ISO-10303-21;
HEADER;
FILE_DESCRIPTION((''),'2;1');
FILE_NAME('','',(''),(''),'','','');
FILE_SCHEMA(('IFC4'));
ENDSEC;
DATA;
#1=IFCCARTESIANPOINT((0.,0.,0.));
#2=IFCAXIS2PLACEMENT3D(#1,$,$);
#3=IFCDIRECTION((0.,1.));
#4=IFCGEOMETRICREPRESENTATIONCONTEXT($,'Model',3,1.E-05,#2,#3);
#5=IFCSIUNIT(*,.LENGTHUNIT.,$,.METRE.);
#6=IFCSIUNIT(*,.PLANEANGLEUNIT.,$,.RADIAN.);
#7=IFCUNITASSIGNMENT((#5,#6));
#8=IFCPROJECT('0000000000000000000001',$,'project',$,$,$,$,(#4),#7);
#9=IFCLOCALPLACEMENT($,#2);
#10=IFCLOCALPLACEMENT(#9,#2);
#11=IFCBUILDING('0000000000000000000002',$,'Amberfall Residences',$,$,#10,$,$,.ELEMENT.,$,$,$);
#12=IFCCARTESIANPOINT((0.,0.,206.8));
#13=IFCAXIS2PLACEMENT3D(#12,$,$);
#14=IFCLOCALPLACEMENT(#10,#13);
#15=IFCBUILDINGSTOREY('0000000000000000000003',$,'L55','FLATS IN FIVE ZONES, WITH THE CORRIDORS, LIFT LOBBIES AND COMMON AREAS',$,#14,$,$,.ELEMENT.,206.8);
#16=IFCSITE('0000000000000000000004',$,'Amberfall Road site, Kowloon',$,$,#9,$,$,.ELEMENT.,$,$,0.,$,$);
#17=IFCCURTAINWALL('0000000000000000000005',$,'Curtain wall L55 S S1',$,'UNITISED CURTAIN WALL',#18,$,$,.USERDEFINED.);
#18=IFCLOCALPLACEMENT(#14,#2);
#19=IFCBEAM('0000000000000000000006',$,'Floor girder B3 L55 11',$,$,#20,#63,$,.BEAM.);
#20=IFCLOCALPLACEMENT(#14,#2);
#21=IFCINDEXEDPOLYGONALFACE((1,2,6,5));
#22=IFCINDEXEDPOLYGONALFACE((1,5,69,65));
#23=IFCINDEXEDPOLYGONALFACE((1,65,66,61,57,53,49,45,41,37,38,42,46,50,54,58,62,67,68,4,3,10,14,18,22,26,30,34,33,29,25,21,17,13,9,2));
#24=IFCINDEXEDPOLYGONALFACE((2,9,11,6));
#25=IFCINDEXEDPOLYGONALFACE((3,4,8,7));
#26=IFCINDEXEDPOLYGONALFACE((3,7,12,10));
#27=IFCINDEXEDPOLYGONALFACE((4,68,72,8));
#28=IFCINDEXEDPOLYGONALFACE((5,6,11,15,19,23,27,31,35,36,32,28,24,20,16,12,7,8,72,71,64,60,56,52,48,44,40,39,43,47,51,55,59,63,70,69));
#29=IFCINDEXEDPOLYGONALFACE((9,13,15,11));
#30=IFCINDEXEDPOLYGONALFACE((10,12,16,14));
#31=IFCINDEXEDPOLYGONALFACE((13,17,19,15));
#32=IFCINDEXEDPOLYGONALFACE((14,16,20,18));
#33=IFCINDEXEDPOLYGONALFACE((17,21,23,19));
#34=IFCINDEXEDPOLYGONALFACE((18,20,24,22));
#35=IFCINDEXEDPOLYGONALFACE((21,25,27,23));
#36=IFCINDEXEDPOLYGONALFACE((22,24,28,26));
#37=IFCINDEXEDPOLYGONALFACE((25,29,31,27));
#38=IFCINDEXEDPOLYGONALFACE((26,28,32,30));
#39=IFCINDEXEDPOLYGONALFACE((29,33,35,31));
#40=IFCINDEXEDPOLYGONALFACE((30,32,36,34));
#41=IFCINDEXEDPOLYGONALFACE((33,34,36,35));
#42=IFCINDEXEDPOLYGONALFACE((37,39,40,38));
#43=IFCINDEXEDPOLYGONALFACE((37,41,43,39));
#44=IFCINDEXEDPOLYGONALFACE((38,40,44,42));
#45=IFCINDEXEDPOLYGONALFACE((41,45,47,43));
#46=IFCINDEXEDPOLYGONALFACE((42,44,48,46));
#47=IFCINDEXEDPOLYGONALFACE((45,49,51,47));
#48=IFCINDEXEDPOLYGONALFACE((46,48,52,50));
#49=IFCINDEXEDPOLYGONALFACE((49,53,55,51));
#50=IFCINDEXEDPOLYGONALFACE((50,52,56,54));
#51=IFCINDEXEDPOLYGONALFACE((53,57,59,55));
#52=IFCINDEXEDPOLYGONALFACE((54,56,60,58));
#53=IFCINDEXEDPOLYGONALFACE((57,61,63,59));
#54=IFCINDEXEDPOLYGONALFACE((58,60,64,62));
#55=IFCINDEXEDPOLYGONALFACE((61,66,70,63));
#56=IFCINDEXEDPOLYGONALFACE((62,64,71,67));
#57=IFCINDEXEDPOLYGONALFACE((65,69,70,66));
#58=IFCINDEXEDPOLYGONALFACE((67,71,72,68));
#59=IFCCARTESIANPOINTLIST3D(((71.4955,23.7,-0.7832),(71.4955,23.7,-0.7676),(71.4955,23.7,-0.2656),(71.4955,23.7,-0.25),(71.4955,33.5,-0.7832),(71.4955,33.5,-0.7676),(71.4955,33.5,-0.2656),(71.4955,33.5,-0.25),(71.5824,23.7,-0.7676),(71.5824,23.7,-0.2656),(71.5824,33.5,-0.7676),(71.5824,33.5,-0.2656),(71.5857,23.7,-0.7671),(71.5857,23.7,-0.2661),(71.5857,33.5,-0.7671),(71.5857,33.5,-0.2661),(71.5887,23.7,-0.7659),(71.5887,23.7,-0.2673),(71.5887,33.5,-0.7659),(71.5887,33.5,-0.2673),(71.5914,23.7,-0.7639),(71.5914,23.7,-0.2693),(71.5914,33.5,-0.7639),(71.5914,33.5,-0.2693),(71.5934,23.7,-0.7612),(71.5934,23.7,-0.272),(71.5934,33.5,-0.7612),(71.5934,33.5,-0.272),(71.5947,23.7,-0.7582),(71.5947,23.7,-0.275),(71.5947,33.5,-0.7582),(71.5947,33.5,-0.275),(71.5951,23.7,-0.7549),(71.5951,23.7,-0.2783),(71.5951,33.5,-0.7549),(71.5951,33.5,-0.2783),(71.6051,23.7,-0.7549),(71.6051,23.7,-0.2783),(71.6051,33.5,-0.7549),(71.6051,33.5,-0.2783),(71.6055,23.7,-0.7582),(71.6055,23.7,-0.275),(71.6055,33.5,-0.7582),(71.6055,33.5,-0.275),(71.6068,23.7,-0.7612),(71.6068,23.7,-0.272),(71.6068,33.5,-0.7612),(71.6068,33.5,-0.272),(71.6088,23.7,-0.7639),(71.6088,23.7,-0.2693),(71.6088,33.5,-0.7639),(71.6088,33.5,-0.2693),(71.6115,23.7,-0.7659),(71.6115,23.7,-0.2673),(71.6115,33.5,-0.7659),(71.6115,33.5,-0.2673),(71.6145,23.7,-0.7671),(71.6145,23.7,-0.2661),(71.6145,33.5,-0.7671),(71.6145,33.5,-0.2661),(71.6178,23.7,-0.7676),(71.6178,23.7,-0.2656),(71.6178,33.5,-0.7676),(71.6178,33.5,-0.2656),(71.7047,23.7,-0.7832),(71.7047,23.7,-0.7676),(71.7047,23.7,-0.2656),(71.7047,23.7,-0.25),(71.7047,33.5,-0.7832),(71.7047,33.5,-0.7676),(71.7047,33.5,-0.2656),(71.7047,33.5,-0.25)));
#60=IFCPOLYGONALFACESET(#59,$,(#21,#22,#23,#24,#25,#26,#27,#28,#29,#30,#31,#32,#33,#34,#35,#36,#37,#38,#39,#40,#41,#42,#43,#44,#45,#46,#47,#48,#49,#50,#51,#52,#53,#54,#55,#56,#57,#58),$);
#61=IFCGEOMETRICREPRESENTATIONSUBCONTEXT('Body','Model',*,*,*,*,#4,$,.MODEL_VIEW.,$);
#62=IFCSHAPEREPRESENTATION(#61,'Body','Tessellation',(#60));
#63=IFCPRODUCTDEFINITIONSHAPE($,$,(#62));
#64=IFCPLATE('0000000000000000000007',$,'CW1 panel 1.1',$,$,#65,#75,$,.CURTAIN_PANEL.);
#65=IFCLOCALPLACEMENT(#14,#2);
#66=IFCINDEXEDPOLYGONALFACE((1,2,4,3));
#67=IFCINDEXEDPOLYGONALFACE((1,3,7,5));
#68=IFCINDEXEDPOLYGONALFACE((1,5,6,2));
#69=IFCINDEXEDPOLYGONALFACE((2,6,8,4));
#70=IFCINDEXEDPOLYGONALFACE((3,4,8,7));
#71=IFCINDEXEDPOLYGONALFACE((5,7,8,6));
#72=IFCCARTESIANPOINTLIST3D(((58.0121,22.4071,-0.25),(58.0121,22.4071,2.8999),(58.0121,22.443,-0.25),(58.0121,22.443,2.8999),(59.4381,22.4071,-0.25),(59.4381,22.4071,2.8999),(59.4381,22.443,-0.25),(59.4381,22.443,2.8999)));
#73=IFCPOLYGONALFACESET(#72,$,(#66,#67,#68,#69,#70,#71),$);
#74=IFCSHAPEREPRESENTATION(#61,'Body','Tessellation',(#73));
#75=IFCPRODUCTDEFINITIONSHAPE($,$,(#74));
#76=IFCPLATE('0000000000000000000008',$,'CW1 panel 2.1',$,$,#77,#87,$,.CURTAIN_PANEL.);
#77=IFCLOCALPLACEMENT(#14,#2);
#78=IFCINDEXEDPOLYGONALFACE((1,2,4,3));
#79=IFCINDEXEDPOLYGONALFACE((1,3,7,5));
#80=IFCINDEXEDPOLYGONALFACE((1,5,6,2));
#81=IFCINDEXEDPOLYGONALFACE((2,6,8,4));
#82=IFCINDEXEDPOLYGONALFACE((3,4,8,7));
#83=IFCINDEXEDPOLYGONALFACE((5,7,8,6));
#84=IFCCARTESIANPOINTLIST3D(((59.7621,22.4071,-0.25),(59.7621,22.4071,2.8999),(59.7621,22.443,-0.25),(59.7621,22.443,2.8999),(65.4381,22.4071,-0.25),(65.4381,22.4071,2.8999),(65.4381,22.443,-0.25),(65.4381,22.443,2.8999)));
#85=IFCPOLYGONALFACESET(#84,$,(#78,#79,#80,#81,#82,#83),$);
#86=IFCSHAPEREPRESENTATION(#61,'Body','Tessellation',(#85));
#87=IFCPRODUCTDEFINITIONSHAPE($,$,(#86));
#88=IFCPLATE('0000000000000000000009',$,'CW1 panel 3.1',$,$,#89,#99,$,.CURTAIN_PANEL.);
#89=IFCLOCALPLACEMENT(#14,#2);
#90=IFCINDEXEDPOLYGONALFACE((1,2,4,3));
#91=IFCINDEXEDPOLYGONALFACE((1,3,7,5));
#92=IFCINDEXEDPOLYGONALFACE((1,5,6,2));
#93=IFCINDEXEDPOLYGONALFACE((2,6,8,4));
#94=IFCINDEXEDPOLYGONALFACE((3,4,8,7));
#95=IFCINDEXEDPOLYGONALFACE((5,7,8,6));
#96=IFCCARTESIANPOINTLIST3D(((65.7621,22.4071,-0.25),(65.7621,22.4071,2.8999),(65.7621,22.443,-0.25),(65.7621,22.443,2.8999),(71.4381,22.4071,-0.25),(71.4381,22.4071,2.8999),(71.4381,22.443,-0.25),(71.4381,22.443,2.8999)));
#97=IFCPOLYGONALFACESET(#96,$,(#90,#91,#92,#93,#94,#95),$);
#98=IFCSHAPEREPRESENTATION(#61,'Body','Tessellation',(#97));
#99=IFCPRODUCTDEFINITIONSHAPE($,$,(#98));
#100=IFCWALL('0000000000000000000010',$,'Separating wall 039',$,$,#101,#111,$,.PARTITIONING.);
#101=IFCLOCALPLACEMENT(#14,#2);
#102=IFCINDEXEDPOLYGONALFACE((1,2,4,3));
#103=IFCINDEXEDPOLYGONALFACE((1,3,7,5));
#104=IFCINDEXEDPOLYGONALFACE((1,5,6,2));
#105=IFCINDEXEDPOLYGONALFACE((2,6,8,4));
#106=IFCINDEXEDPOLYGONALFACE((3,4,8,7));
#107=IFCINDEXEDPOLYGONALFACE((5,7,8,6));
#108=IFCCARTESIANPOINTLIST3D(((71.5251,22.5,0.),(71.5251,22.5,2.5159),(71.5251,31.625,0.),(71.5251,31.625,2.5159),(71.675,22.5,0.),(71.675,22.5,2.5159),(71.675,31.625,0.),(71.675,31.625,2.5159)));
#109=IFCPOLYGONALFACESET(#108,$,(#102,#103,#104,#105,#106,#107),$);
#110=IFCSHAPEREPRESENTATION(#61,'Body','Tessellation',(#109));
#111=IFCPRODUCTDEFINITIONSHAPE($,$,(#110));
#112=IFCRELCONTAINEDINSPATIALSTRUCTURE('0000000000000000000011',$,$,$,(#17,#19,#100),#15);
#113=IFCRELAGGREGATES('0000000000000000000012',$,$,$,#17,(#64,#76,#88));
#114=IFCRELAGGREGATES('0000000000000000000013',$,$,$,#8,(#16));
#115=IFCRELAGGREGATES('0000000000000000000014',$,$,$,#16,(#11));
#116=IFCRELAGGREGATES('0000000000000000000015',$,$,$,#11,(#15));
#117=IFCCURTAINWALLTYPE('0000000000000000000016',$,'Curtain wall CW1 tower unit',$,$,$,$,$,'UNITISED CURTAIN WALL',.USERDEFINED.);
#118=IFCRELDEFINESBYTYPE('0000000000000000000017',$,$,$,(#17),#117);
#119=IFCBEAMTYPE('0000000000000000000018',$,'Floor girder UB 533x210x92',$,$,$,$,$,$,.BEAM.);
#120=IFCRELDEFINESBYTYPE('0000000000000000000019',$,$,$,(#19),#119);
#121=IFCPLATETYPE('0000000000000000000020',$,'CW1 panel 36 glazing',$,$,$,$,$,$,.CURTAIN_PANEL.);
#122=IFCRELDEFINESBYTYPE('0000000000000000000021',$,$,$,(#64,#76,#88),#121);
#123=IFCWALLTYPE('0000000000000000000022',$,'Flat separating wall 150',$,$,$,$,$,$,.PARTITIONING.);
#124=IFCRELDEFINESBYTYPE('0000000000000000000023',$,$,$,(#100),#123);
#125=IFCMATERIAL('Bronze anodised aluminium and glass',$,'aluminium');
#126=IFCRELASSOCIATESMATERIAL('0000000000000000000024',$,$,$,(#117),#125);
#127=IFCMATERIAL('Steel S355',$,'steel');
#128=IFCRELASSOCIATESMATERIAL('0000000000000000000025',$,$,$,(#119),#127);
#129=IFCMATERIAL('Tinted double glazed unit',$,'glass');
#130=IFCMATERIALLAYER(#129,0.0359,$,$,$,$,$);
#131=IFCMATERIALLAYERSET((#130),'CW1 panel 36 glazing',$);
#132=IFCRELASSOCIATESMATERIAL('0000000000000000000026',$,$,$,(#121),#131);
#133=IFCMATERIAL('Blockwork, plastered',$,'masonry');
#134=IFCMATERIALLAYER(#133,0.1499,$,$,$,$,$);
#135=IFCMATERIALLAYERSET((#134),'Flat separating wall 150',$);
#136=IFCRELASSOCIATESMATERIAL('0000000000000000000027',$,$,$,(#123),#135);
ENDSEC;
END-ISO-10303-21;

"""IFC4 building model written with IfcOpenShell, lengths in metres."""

from ifc_helpers import new_model, si_unit, direction, frame, frame_2d, origin, origin_2d, place, context, subcontext, project, spatial, rectangle, i_section, extrude, material, layer, layer_set, material_profile, profile_set, type_object, element, aggregate, save


model = new_model("IFC4")

# Units and contexts
model_context = context("Model", 3, precision=1e-05, world=origin(), true_north=direction((0.0, 1.0)))
body_context = subcontext(model_context, "Body", "Model", "MODEL_VIEW")
ifc_project = project(units=[si_unit("LENGTHUNIT", "METRE"), si_unit("PLANEANGLEUNIT", "RADIAN")], contexts=[model_context])

# Site, building, storey
site_placement = place(None, origin())
site = spatial("IfcSite", under=ifc_project, at=site_placement, Name="Amberfall Road site, Kowloon", CompositionType="ELEMENT", RefElevation=0.0)
building_placement = place(site_placement, origin())
building = spatial("IfcBuilding", under=site, at=building_placement, Name="Amberfall Residences", CompositionType="ELEMENT")
storey_placement = place(building_placement, frame((0.0, 0.0, 206.8)))
storey = spatial("IfcBuildingStorey", under=building, at=storey_placement, Name="L55", Description="FLATS IN FIVE ZONES, WITH THE CORRIDORS, LIFT LOBBIES AND COMMON AREAS", CompositionType="ELEMENT", Elevation=206.8)

# Curtain wall
ifc_material_1 = material(Name="Bronze anodised aluminium and glass", Category="aluminium")
curtain_wall_type = type_object("IfcCurtainWallType", Name="Curtain wall CW1 tower unit", ElementType="UNITISED CURTAIN WALL", PredefinedType="USERDEFINED", material=ifc_material_1)
curtain_wall_placement = place(storey_placement, origin())
curtain_wall = element("IfcCurtainWall", 1, at=curtain_wall_placement, inside=storey, type_object=curtain_wall_type, Name="Curtain wall L55 S S1", ObjectType="UNITISED CURTAIN WALL", PredefinedType="USERDEFINED")

# Shared definitions
ifc_material_2 = material(Name="Steel S355", Category="steel")

# Beam
ifc_material_profile_1 = material_profile(ifc_material_2, i_section(OverallWidth=0.2092, OverallDepth=0.5332, WebThickness=0.01, FlangeThickness=0.0156, FilletRadius=0.0127, at=origin_2d()), Name="UB 533x210x92")
ifc_profile_set_1 = profile_set([ifc_material_profile_1], Name="Steel S355")
beam_type_1 = type_object("IfcBeamType", Name="Floor girder UB 533x210x92", PredefinedType="BEAM", material=ifc_profile_set_1)
for number, where, z_axis, x_axis, name in (
    (2, (71.6001, 23.7, -0.5166), (0.0, 1.0, 0.0), (-1.0, 0.0, 0.0), "Floor girder B3 L55 11"),
):
    element("IfcBeam", number, at=place(storey_placement, frame(where, z_axis=z_axis, x_axis=x_axis)), inside=storey, type_object=beam_type_1, Name=name, PredefinedType="BEAM", context=body_context, shape_type="SweptSolid", body=[
        extrude(i_section(OverallWidth=0.2092, OverallDepth=0.5332, WebThickness=0.01, FlangeThickness=0.0156, FilletRadius=0.0127, at=origin_2d()), origin(), (0.0, 0.0, 1.0), 9.8),
    ])

# Plates
ifc_material_3 = material(Name="Tinted double glazed unit", Category="glass")
ifc_layer_1 = layer(ifc_material_3, 0.0359)
ifc_layer_set_1 = layer_set([ifc_layer_1], Name="CW1 panel 36 glazing")
plate_type = type_object("IfcPlateType", Name="CW1 panel 36 glazing", PredefinedType="CURTAIN_PANEL", material=ifc_layer_set_1)
plate_1_placement = place(storey_placement, frame((58.7251, 22.425, -0.25), z_axis=(0.0, 0.0, 1.0), x_axis=(1.0, 0.0, 0.0)))
plate_1 = element("IfcPlate", 3, at=plate_1_placement, type_object=plate_type, Name="CW1 panel 1.1", PredefinedType="CURTAIN_PANEL", context=body_context, shape_type="SweptSolid", body=[
    extrude(rectangle(XDim=1.426, YDim=0.0359, at=origin_2d()), origin(), (0.0, 0.0, 1.0), 3.1499),
])
plate_2_placement = place(storey_placement, frame((62.6001, 22.425, -0.25), z_axis=(0.0, 0.0, 1.0), x_axis=(1.0, 0.0, 0.0)))
plate_2 = element("IfcPlate", 4, at=plate_2_placement, type_object=plate_type, Name="CW1 panel 2.1", PredefinedType="CURTAIN_PANEL", context=body_context, shape_type="SweptSolid", body=[
    extrude(rectangle(XDim=5.676, YDim=0.0359, at=origin_2d()), origin(), (0.0, 0.0, 1.0), 3.1499),
])
plate_3_placement = place(storey_placement, frame((68.6001, 22.425, -0.25), z_axis=(0.0, 0.0, 1.0), x_axis=(1.0, 0.0, 0.0)))
plate_3 = element("IfcPlate", 5, at=plate_3_placement, type_object=plate_type, Name="CW1 panel 3.1", PredefinedType="CURTAIN_PANEL", context=body_context, shape_type="SweptSolid", body=[
    extrude(rectangle(XDim=5.676, YDim=0.0359, at=origin_2d()), origin(), (0.0, 0.0, 1.0), 3.1499),
])
aggregate(curtain_wall, [plate_1, plate_2, plate_3])

# Wall
ifc_material_4 = material(Name="Blockwork, plastered", Category="masonry")
ifc_layer_2 = layer(ifc_material_4, 0.1499)
ifc_layer_set_2 = layer_set([ifc_layer_2], Name="Flat separating wall 150")
wall_type = type_object("IfcWallType", Name="Flat separating wall 150", PredefinedType="PARTITIONING", material=ifc_layer_set_2)
wall_placement = place(storey_placement, frame((71.6001, 22.5, 0.0), z_axis=(0.0, 0.0, 1.0), x_axis=(0.0, 1.0, 0.0)))
element("IfcWall", 6, at=wall_placement, inside=storey, type_object=wall_type, Name="Separating wall 039", PredefinedType="PARTITIONING", context=body_context, shape_type="SweptSolid", body=[
    extrude(rectangle(XDim=9.125, YDim=0.1499, at=frame_2d((4.5625, 0.0))), origin(), (0.0, 0.0, 1.0), 2.5159),
])

save(model, "model.ifc")
